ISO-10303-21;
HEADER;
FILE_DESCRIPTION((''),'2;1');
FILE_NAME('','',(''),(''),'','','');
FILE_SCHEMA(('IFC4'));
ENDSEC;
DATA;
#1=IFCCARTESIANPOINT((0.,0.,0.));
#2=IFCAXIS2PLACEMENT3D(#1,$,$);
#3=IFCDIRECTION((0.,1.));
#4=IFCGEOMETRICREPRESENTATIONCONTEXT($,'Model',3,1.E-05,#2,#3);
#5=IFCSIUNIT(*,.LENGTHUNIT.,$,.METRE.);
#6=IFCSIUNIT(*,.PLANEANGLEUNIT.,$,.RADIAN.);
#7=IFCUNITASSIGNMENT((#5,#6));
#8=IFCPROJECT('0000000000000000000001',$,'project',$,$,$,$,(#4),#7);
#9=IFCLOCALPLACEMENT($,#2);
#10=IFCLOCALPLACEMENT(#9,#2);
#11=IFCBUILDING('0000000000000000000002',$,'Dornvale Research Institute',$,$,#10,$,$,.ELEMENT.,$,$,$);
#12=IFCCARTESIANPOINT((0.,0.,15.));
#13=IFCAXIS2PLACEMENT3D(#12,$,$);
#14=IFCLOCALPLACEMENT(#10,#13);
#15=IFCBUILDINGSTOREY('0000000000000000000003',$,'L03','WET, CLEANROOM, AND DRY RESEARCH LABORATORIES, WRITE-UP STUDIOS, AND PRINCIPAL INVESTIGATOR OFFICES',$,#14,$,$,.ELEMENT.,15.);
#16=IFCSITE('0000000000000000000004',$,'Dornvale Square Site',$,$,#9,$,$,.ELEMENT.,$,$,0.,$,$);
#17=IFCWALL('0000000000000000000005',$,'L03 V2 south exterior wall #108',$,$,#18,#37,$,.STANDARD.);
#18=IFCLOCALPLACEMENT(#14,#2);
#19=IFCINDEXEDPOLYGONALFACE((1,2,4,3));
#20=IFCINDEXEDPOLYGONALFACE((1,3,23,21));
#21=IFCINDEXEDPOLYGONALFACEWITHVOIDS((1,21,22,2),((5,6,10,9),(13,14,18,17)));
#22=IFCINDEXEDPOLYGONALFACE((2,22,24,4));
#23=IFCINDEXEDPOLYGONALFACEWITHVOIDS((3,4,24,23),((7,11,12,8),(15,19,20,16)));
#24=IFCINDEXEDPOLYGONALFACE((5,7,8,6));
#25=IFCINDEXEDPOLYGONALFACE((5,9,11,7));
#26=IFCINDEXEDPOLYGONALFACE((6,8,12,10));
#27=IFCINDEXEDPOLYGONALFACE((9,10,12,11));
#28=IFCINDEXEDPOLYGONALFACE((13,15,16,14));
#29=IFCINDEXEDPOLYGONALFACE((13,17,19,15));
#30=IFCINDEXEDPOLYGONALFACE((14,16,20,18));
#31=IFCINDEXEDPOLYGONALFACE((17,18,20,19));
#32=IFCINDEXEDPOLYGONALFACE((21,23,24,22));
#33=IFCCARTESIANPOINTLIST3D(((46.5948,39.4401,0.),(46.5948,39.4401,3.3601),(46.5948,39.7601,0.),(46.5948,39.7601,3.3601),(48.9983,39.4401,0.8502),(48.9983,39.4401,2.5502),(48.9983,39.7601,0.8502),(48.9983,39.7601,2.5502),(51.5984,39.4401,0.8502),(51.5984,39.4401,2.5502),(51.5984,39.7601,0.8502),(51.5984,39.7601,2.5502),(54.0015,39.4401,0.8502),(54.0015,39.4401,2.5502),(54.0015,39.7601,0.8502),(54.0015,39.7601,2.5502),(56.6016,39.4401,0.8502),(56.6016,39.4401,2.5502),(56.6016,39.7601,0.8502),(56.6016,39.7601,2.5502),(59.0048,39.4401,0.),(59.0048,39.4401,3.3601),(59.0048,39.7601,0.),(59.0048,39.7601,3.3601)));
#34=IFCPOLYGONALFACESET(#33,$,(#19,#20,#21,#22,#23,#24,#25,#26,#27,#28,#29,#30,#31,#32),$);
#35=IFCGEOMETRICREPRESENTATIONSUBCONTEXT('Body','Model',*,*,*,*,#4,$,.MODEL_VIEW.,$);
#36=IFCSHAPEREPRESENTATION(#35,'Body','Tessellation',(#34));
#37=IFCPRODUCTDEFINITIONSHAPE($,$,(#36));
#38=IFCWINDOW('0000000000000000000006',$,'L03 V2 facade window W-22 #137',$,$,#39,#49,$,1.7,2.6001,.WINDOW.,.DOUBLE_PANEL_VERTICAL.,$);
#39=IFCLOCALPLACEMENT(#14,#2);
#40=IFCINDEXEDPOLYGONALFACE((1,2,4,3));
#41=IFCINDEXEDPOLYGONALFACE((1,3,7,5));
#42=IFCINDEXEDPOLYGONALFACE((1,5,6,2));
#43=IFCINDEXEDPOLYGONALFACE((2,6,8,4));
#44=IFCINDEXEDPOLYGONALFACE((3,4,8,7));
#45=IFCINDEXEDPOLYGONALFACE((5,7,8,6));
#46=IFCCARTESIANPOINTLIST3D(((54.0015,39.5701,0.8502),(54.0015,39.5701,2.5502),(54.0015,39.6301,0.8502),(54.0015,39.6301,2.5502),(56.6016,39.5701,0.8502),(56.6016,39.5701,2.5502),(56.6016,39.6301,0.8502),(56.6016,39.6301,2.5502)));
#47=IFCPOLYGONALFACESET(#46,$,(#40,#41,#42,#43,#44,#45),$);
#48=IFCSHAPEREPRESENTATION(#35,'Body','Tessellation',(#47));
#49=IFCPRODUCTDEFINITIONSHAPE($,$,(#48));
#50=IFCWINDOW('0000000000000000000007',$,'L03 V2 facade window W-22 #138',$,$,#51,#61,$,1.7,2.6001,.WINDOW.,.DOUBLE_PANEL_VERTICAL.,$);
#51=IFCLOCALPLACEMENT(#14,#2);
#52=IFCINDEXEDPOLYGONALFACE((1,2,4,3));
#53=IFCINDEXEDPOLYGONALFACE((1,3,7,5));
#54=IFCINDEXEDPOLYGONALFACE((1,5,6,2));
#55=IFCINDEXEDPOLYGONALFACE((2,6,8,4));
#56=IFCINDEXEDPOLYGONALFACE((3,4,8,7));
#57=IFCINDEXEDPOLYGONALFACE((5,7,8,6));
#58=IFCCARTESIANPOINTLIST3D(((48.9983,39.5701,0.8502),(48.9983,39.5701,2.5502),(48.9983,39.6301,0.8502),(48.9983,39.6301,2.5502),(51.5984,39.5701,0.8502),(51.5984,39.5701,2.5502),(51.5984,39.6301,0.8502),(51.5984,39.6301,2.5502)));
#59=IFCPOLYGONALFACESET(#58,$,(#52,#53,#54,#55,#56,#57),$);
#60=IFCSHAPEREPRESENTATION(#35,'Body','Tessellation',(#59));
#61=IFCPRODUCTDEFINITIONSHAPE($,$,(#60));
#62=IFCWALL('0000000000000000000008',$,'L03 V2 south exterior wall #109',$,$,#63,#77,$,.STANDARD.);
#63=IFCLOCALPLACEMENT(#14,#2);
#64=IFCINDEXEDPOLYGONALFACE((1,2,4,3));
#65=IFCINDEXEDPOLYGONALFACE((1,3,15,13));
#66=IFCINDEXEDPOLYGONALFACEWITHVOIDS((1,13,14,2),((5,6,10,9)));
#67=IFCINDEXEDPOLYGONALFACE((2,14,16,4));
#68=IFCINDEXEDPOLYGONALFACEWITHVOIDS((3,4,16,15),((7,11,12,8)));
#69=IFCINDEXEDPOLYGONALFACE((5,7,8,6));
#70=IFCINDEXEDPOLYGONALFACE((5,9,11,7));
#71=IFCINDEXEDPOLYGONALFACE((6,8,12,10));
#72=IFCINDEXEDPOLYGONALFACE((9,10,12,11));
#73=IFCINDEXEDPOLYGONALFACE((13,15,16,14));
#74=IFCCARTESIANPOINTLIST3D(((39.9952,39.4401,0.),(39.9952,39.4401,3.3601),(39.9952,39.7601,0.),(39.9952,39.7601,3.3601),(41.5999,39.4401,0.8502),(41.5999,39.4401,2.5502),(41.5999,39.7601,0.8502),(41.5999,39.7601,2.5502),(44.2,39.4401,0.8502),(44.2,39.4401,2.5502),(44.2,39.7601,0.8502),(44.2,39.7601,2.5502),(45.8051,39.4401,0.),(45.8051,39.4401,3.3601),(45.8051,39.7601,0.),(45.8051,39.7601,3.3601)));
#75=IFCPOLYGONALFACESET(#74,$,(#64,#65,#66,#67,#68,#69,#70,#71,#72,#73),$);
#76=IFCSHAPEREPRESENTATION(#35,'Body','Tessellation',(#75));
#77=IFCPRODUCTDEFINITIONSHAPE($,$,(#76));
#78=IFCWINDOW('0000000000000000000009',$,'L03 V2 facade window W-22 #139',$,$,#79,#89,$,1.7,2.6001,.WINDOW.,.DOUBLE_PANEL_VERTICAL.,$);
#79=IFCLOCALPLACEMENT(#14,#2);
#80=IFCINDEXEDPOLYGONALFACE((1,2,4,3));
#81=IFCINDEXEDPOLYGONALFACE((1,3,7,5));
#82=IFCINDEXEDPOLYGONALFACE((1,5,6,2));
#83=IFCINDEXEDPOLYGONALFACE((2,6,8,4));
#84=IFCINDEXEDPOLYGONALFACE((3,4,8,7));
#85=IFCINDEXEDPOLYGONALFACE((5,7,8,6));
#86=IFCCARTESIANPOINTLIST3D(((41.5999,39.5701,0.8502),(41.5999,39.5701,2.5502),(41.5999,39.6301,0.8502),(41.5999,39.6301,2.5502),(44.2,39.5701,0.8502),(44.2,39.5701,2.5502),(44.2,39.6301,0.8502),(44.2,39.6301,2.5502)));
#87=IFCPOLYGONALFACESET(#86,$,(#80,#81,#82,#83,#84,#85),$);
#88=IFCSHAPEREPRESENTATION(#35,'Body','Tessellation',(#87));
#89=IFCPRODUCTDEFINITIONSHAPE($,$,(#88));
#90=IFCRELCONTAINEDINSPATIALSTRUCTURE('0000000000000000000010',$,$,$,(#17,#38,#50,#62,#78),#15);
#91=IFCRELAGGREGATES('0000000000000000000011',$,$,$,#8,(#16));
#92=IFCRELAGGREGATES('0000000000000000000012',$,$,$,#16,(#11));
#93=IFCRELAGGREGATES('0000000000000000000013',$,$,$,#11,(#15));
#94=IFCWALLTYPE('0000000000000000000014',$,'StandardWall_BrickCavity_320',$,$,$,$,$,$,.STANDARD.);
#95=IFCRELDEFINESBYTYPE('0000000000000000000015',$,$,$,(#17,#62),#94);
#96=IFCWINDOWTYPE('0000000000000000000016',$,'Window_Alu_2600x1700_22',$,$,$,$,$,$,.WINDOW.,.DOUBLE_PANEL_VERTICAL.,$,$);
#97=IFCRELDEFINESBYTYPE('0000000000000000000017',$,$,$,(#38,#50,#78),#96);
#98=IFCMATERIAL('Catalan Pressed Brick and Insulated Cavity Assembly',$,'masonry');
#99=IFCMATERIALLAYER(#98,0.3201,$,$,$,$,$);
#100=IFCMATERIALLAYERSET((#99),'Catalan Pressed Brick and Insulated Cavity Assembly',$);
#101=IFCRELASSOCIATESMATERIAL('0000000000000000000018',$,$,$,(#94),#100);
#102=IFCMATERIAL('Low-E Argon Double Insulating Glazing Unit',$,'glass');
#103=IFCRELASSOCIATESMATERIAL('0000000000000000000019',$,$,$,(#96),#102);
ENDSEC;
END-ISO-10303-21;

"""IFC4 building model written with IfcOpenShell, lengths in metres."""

from ifc_helpers import new_model, si_unit, direction, frame, frame_2d, origin, place, context, subcontext, project, spatial, rectangle, extrude, material, layer, layer_set, type_object, element, fill, save


model = new_model("IFC4")

# Units and contexts
model_context = context("Model", 3, precision=1e-05, world=origin(), true_north=direction((0.0, 1.0)))
body_context = subcontext(model_context, "Body", "Model", "MODEL_VIEW")
ifc_project = project(units=[si_unit("LENGTHUNIT", "METRE"), si_unit("PLANEANGLEUNIT", "RADIAN")], contexts=[model_context])

# Site, building, storey
site_placement = place(None, origin())
site = spatial("IfcSite", under=ifc_project, at=site_placement, Name="Dornvale Square Site", CompositionType="ELEMENT", RefElevation=0.0)
building_placement = place(site_placement, origin())
building = spatial("IfcBuilding", under=site, at=building_placement, Name="Dornvale Research Institute", CompositionType="ELEMENT")
storey_placement = place(building_placement, frame((0.0, 0.0, 15.0)))
storey = spatial("IfcBuildingStorey", under=building, at=storey_placement, Name="L03", Description="WET, CLEANROOM, AND DRY RESEARCH LABORATORIES, WRITE-UP STUDIOS, AND PRINCIPAL INVESTIGATOR OFFICES", CompositionType="ELEMENT", Elevation=15.0)

# Wall, openings, windows
ifc_material_1 = material(Name="Catalan Pressed Brick and Insulated Cavity Assembly", Category="masonry")
ifc_layer_1 = layer(ifc_material_1, 0.3201)
ifc_layer_set_1 = layer_set([ifc_layer_1], Name="Catalan Pressed Brick and Insulated Cavity Assembly")
wall_type_1 = type_object("IfcWallType", Name="StandardWall_BrickCavity_320", PredefinedType="STANDARD", material=ifc_layer_set_1)
wall_1_placement = place(storey_placement, frame((59.0049, 39.6001, 0.0), z_axis=(0.0, 0.0, 1.0), x_axis=(-1.0, 0.0, 0.0)))
wall_1 = element("IfcWall", 1, at=wall_1_placement, inside=storey, type_object=wall_type_1, Name="L03 V2 south exterior wall #108", PredefinedType="STANDARD", context=body_context, shape_type="SweptSolid", body=[
    extrude(rectangle(XDim=12.4099, YDim=0.3201, at=frame_2d((6.2051, 0.0))), origin(), (0.0, 0.0, 1.0), 3.3601),
])
opening_1_placement = place(wall_1_placement, frame((2.4033, 0.0, 0.8501)))
opening_1 = element("IfcOpeningElement", 2, at=opening_1_placement, cuts=wall_1, PredefinedType="OPENING", context=body_context, shape_type="SweptSolid", body=[
    extrude(rectangle(XDim=2.6001, YDim=1.7, at=frame_2d((1.3, 0.8501))), frame((0.0, 0.175, 0.0), z_axis=(0.0, -1.0, 0.0), x_axis=(1.0, 0.0, 0.0)), (0.0, 0.0, 1.0), 0.3501),
])
opening_2_placement = place(wall_1_placement, frame((7.4065, 0.0, 0.8501)))
opening_2 = element("IfcOpeningElement", 3, at=opening_2_placement, cuts=wall_1, PredefinedType="OPENING", context=body_context, shape_type="SweptSolid", body=[
    extrude(rectangle(XDim=2.6001, YDim=1.7, at=frame_2d((1.3, 0.8501))), frame((0.0, 0.175, 0.0), z_axis=(0.0, -1.0, 0.0), x_axis=(1.0, 0.0, 0.0)), (0.0, 0.0, 1.0), 0.3501),
])
ifc_material_2 = material(Name="Low-E Argon Double Insulating Glazing Unit", Category="glass")
window_type = type_object("IfcWindowType", Name="Window_Alu_2600x1700_22", PartitioningType="DOUBLE_PANEL_VERTICAL", PredefinedType="WINDOW", material=ifc_material_2)
window_1_placement = place(opening_1_placement, origin())
window_1 = element("IfcWindow", 4, at=window_1_placement, inside=storey, type_object=window_type, Name="L03 V2 facade window W-22 #137", OverallHeight=1.7, OverallWidth=2.6001, PartitioningType="DOUBLE_PANEL_VERTICAL", PredefinedType="WINDOW", context=body_context, shape_type="SweptSolid", body=[
    extrude(rectangle(XDim=2.6001, YDim=1.7, at=frame_2d((1.3, 0.8501))), frame((0.0, 0.03, 0.0), z_axis=(0.0, -1.0, 0.0), x_axis=(1.0, 0.0, 0.0)), (0.0, 0.0, 1.0), 0.0601),
])
fill(opening_1, window_1)
window_2_placement = place(opening_2_placement, origin())
window_2 = element("IfcWindow", 5, at=window_2_placement, inside=storey, type_object=window_type, Name="L03 V2 facade window W-22 #138", OverallHeight=1.7, OverallWidth=2.6001, PartitioningType="DOUBLE_PANEL_VERTICAL", PredefinedType="WINDOW", context=body_context, shape_type="SweptSolid", body=[
    extrude(rectangle(XDim=2.6001, YDim=1.7, at=frame_2d((1.3, 0.8501))), frame((0.0, 0.03, 0.0), z_axis=(0.0, -1.0, 0.0), x_axis=(1.0, 0.0, 0.0)), (0.0, 0.0, 1.0), 0.0601),
])
fill(opening_2, window_2)

# Wall, opening, window
wall_2_placement = place(storey_placement, frame((45.8049, 39.6001, 0.0), z_axis=(0.0, 0.0, 1.0), x_axis=(-1.0, 0.0, 0.0)))
wall_2 = element("IfcWall", 6, at=wall_2_placement, inside=storey, type_object=wall_type_1, Name="L03 V2 south exterior wall #109", PredefinedType="STANDARD", context=body_context, shape_type="SweptSolid", body=[
    extrude(rectangle(XDim=5.8098, YDim=0.3201, at=frame_2d((2.9048, 0.0))), origin(), (0.0, 0.0, 1.0), 3.3601),
])
opening_3_placement = place(wall_2_placement, frame((1.605, 0.0, 0.8501)))
opening_3 = element("IfcOpeningElement", 7, at=opening_3_placement, cuts=wall_2, PredefinedType="OPENING", context=body_context, shape_type="SweptSolid", body=[
    extrude(rectangle(XDim=2.6001, YDim=1.7, at=frame_2d((1.3, 0.8501))), frame((0.0, 0.175, 0.0), z_axis=(0.0, -1.0, 0.0), x_axis=(1.0, 0.0, 0.0)), (0.0, 0.0, 1.0), 0.3501),
])
window_3_placement = place(opening_3_placement, origin())
window_3 = element("IfcWindow", 8, at=window_3_placement, inside=storey, type_object=window_type, Name="L03 V2 facade window W-22 #139", OverallHeight=1.7, OverallWidth=2.6001, PartitioningType="DOUBLE_PANEL_VERTICAL", PredefinedType="WINDOW", context=body_context, shape_type="SweptSolid", body=[
    extrude(rectangle(XDim=2.6001, YDim=1.7, at=frame_2d((1.3, 0.8501))), frame((0.0, 0.03, 0.0), z_axis=(0.0, -1.0, 0.0), x_axis=(1.0, 0.0, 0.0)), (0.0, 0.0, 1.0), 0.0601),
])
fill(opening_3, window_3)

save(model, "model.ifc")
